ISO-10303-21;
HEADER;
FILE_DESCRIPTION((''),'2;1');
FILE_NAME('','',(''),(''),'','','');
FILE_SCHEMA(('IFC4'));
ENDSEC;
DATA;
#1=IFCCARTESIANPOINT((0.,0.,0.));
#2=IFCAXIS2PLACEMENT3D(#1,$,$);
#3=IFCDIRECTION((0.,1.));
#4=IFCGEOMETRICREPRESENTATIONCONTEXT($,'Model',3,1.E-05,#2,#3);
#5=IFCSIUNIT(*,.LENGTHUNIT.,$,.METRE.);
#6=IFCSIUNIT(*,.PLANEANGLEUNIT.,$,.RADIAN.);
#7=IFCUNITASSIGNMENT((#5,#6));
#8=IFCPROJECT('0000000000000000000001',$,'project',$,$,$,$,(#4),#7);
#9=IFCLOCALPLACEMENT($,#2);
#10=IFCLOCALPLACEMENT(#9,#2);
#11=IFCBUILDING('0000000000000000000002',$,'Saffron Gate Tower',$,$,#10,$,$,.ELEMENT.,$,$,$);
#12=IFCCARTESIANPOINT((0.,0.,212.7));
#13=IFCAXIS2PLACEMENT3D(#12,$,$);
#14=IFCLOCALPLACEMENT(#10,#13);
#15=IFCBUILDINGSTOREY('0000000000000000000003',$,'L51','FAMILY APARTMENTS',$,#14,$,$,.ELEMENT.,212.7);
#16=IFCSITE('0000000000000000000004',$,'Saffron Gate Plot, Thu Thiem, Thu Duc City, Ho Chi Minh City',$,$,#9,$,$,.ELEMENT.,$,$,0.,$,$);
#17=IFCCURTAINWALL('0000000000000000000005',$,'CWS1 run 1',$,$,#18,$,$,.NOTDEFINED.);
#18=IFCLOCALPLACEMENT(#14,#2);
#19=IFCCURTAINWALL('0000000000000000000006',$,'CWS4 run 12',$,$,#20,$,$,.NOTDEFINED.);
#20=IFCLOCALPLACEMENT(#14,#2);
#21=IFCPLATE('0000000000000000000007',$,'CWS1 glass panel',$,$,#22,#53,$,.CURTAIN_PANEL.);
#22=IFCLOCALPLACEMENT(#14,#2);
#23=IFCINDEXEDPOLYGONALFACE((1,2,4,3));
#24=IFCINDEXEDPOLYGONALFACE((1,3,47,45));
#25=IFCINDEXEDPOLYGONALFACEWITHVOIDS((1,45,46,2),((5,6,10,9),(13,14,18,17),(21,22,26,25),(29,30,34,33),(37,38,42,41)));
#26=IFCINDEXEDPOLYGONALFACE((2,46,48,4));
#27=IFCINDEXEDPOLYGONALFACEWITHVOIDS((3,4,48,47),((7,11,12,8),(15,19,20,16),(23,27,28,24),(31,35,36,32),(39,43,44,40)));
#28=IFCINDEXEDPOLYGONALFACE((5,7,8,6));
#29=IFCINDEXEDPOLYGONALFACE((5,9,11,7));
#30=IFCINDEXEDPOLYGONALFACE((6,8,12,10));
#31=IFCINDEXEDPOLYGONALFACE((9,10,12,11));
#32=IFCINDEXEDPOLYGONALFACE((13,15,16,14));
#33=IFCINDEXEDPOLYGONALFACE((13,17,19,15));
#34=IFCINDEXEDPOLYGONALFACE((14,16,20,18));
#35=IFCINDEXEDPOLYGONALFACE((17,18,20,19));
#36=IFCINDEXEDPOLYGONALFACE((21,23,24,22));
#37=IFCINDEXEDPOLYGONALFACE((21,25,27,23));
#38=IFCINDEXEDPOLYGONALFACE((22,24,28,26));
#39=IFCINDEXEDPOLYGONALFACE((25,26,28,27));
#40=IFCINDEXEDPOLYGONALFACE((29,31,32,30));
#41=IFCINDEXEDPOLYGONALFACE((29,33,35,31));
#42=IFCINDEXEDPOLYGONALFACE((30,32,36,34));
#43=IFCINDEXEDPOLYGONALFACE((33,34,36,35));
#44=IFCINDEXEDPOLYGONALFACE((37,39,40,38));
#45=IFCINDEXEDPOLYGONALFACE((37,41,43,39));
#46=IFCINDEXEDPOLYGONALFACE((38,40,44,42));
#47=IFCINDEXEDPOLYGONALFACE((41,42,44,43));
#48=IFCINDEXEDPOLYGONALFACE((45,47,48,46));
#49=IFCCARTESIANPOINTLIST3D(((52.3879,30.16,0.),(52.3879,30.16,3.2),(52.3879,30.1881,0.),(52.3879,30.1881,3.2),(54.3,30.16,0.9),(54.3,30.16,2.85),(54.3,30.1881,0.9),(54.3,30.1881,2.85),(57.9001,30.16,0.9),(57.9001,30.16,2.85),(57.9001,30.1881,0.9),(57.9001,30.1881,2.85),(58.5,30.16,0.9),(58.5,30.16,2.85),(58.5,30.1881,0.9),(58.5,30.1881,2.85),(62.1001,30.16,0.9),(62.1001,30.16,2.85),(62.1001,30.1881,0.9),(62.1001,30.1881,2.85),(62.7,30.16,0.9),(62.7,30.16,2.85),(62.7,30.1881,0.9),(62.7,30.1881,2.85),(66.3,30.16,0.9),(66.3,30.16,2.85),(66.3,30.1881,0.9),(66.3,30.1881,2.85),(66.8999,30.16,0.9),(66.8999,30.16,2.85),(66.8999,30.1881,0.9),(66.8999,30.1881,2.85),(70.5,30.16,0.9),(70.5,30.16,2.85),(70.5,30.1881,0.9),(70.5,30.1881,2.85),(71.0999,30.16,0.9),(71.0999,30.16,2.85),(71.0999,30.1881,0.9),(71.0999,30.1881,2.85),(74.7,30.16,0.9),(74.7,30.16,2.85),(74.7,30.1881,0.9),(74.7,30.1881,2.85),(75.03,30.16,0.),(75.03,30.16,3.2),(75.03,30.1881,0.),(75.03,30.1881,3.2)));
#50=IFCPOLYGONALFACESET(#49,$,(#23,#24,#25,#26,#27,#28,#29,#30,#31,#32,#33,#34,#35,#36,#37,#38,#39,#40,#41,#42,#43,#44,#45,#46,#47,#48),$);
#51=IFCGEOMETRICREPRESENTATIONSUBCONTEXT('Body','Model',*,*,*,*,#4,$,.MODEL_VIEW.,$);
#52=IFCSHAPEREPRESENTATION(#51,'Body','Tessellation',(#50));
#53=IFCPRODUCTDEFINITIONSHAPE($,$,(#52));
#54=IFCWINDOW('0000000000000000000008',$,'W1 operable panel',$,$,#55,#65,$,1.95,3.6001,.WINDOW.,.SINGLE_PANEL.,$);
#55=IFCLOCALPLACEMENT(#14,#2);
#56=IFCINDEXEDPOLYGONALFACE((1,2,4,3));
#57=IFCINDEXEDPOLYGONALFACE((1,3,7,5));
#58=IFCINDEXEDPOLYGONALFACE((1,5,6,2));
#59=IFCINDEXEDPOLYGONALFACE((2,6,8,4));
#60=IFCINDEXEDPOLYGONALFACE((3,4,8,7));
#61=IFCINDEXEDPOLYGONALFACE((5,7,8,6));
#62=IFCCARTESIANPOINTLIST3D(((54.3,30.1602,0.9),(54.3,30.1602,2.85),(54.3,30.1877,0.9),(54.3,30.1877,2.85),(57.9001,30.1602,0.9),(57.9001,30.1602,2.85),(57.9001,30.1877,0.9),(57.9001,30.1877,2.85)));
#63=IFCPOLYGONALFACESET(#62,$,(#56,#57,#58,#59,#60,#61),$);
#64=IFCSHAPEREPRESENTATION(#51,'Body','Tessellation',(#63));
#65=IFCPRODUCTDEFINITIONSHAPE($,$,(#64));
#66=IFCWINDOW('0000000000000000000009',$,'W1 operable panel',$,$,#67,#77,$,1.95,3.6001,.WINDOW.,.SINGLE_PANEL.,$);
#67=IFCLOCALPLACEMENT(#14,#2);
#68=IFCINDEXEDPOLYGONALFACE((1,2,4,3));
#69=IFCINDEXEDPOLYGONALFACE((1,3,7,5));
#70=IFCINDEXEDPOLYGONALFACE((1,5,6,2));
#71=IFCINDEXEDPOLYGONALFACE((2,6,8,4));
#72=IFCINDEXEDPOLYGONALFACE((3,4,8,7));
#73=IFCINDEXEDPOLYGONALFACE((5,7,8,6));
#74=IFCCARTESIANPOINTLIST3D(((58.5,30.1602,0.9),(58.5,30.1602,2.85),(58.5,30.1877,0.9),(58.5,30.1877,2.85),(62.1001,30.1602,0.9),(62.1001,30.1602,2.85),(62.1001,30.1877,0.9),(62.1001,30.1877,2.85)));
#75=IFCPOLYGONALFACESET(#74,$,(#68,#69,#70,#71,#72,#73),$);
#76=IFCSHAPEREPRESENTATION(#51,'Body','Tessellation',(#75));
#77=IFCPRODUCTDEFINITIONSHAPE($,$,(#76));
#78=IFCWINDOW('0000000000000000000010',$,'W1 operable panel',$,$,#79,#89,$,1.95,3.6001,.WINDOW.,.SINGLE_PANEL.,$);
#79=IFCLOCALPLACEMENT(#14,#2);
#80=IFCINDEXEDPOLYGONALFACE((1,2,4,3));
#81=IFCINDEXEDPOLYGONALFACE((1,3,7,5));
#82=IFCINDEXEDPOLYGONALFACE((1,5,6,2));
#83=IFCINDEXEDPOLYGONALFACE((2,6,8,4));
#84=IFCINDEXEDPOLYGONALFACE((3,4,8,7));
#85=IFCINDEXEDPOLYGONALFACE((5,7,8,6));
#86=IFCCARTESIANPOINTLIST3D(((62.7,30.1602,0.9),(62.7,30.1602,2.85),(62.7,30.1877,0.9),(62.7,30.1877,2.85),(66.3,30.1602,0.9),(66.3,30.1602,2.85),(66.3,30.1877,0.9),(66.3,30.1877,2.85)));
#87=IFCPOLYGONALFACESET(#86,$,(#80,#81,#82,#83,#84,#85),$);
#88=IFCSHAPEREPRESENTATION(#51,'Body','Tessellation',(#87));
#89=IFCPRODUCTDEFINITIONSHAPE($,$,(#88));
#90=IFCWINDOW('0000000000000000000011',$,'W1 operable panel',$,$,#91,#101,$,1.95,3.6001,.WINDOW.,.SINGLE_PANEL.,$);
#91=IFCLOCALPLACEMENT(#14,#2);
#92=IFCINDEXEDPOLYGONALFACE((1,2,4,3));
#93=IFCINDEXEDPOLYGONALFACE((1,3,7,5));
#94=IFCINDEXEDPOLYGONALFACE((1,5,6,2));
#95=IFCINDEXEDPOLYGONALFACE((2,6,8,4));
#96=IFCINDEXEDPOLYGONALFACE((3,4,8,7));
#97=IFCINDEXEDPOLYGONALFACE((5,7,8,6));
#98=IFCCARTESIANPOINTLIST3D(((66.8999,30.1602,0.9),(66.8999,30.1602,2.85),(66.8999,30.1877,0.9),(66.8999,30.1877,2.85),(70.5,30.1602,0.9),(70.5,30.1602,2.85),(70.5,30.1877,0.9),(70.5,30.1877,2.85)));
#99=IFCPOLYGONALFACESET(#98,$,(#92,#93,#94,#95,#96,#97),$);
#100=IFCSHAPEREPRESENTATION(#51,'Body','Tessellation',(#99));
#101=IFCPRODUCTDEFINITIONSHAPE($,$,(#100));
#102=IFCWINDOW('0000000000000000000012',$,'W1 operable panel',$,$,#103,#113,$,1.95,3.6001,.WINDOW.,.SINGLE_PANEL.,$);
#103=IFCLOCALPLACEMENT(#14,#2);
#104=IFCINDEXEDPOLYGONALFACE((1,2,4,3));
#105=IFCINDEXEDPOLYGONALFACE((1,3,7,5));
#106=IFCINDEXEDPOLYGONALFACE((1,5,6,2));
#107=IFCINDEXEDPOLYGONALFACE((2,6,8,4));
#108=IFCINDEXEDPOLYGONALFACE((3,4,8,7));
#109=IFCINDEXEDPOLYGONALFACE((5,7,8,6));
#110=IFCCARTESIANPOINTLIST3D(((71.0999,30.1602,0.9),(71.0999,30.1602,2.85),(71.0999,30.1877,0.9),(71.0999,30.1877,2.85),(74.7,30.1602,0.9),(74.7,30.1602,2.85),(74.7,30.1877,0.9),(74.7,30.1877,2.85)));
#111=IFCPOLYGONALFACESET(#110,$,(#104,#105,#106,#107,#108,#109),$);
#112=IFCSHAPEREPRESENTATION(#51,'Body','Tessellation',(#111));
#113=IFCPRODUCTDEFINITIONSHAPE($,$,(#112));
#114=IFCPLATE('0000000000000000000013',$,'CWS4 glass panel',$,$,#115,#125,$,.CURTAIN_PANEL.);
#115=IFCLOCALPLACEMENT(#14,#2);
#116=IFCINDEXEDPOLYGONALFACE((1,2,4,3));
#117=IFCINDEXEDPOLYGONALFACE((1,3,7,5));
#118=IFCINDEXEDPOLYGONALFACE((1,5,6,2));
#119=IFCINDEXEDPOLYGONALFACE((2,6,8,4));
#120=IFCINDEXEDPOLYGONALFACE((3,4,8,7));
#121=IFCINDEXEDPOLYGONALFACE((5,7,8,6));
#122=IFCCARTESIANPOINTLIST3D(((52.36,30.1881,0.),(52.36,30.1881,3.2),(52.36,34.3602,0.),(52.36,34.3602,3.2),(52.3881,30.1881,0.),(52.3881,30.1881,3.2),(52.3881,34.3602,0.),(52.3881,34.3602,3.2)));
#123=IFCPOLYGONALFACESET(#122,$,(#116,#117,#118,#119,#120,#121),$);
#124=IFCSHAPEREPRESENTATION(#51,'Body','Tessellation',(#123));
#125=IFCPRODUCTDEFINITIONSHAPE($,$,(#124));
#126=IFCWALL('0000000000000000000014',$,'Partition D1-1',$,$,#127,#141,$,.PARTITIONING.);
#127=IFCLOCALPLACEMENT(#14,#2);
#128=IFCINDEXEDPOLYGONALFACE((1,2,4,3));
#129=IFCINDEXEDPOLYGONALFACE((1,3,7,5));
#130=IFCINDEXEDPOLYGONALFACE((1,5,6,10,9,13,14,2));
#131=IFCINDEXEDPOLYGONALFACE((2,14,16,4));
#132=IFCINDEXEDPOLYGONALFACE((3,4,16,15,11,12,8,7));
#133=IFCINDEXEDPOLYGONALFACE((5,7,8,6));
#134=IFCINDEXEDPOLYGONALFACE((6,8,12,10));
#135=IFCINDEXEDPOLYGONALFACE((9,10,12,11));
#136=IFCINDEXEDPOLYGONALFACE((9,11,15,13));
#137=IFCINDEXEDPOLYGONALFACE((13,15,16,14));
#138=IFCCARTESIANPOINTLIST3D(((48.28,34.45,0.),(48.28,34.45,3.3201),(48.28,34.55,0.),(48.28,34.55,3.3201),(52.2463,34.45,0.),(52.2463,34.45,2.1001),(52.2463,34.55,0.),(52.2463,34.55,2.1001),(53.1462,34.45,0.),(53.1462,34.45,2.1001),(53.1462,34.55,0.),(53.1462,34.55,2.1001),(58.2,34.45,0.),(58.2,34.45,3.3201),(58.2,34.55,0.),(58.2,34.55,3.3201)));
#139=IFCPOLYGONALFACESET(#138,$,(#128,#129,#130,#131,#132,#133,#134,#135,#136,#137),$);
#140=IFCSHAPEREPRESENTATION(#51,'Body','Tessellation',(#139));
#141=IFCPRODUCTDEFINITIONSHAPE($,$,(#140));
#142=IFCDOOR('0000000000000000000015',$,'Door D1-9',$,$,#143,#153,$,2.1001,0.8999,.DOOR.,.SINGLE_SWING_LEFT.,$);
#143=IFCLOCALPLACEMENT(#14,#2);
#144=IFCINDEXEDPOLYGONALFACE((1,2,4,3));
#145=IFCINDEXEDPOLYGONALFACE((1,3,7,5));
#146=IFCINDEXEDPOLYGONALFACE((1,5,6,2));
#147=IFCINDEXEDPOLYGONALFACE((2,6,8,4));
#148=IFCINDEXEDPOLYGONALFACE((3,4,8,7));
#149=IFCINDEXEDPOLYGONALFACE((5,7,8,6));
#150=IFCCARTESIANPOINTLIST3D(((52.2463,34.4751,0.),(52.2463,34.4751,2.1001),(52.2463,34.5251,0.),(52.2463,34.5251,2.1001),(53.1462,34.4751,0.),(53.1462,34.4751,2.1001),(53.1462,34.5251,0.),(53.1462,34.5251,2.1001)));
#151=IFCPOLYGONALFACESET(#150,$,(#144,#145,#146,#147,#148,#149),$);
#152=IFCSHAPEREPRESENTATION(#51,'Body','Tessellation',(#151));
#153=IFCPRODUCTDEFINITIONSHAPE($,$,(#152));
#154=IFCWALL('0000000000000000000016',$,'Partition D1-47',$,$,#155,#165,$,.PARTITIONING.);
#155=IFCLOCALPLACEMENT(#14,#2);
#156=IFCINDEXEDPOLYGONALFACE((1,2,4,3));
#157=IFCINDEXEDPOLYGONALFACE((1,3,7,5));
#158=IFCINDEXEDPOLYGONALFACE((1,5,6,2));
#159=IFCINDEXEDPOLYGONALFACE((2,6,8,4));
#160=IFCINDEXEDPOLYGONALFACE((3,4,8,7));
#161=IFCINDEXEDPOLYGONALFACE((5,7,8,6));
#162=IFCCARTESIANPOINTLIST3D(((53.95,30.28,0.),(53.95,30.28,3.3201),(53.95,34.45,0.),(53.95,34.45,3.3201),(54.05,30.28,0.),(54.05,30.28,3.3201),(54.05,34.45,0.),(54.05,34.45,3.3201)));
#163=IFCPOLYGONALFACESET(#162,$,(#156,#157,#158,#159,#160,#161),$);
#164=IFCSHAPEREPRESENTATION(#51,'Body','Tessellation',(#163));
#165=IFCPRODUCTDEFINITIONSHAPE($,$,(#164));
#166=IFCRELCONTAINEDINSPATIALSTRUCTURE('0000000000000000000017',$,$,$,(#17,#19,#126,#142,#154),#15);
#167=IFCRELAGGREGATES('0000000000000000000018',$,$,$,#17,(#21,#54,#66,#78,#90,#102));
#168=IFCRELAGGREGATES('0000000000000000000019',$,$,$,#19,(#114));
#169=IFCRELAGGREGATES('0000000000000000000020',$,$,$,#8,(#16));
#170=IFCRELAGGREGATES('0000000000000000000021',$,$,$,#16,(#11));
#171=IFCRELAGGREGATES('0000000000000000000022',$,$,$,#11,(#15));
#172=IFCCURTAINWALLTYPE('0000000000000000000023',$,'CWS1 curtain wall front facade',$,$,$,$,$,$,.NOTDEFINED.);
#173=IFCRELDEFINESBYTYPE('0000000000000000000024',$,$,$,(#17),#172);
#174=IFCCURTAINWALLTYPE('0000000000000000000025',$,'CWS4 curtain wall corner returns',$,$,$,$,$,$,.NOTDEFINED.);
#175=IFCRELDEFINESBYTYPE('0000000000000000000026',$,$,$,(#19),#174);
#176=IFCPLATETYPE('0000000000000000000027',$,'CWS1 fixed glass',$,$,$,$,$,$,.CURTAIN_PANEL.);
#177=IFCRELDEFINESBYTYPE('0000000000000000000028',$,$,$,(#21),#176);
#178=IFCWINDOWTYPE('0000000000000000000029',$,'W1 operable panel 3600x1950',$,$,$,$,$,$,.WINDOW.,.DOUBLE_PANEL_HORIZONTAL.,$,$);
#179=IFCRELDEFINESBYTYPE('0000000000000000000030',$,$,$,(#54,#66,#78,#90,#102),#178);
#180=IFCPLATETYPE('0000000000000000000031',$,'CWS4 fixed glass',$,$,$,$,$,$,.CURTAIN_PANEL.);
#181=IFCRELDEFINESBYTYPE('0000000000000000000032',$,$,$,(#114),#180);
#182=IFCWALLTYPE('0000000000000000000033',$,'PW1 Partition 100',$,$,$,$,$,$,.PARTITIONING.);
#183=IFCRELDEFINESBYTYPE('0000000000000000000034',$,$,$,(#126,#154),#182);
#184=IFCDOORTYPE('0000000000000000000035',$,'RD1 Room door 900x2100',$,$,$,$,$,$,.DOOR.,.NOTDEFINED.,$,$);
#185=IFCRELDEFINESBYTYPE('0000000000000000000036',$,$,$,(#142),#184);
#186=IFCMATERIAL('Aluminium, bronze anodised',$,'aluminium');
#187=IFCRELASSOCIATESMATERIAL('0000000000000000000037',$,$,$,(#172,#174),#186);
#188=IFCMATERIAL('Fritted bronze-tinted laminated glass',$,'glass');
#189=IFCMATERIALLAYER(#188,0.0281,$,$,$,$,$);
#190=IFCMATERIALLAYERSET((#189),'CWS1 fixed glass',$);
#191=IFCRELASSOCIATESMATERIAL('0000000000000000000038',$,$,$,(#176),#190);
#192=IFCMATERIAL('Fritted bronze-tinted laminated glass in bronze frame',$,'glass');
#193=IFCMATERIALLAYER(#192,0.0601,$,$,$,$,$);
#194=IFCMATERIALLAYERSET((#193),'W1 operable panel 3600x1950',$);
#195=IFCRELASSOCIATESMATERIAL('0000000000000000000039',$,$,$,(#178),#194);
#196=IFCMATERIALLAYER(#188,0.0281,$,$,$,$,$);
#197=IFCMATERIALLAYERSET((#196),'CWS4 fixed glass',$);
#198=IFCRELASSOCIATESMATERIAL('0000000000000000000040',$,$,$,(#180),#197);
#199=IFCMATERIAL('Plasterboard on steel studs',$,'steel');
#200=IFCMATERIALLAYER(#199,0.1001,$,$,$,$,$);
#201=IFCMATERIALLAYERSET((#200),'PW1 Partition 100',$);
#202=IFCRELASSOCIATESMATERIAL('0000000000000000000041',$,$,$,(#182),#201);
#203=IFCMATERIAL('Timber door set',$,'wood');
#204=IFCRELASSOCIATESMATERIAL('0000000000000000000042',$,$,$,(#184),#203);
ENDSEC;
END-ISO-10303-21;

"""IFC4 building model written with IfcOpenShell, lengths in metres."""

from ifc_helpers import new_model, si_unit, direction, frame, frame_2d, origin, place, context, subcontext, project, spatial, rectangle, extrude, material, layer, layer_set, type_object, element, fill, aggregate, save


model = new_model("IFC4")

# Units and contexts
model_context = context("Model", 3, precision=1e-05, world=origin(), true_north=direction((0.0, 1.0)))
body_context = subcontext(model_context, "Body", "Model", "MODEL_VIEW")
ifc_project = project(units=[si_unit("LENGTHUNIT", "METRE"), si_unit("PLANEANGLEUNIT", "RADIAN")], contexts=[model_context])

# Site, building, storey
site_placement = place(None, origin())
site = spatial("IfcSite", under=ifc_project, at=site_placement, Name="Saffron Gate Plot, Thu Thiem, Thu Duc City, Ho Chi Minh City", CompositionType="ELEMENT", RefElevation=0.0)
building_placement = place(site_placement, origin())
building = spatial("IfcBuilding", under=site, at=building_placement, Name="Saffron Gate Tower", CompositionType="ELEMENT")
storey_placement = place(building_placement, frame((0.0, 0.0, 212.7)))
storey = spatial("IfcBuildingStorey", under=building, at=storey_placement, Name="L51", Description="FAMILY APARTMENTS", CompositionType="ELEMENT", Elevation=212.7)

# Curtain walls
ifc_material_1 = material(Name="Aluminium, bronze anodised", Category="aluminium")
curtain_wall_type_1 = type_object("IfcCurtainWallType", Name="CWS1 curtain wall front facade", PredefinedType="NOTDEFINED", material=ifc_material_1)
curtain_wall_1_placement = place(storey_placement, origin())
curtain_wall_1 = element("IfcCurtainWall", 1, at=curtain_wall_1_placement, inside=storey, type_object=curtain_wall_type_1, Name="CWS1 run 1", PredefinedType="NOTDEFINED")
curtain_wall_type_2 = type_object("IfcCurtainWallType", Name="CWS4 curtain wall corner returns", PredefinedType="NOTDEFINED", material=ifc_material_1)
curtain_wall_2_placement = place(storey_placement, origin())
curtain_wall_2 = element("IfcCurtainWall", 2, at=curtain_wall_2_placement, inside=storey, type_object=curtain_wall_type_2, Name="CWS4 run 12", PredefinedType="NOTDEFINED")

# Plate, openings, windows
ifc_material_2 = material(Name="Fritted bronze-tinted laminated glass", Category="glass")
ifc_layer_1 = layer(ifc_material_2, 0.0281)
ifc_layer_set_1 = layer_set([ifc_layer_1], Name="CWS1 fixed glass")
plate_type_1 = type_object("IfcPlateType", Name="CWS1 fixed glass", PredefinedType="CURTAIN_PANEL", material=ifc_layer_set_1)
plate_1_placement = place(storey_placement, frame((52.3879, 30.1741, 0.0), z_axis=(0.0, 0.0, 1.0), x_axis=(1.0, 0.0, 0.0)))
plate_1 = element("IfcPlate", 3, at=plate_1_placement, type_object=plate_type_1, Name="CWS1 glass panel", PredefinedType="CURTAIN_PANEL", context=body_context, shape_type="SweptSolid", body=[
    extrude(rectangle(XDim=22.6421, YDim=0.0281, at=frame_2d((11.321, 0.0))), origin(), (0.0, 0.0, 1.0), 3.2),
])
opening_1_placement = place(plate_1_placement, frame((1.9121, 0.0, 0.8999)))
opening_1 = element("IfcOpeningElement", 4, at=opening_1_placement, cuts=plate_1, PredefinedType="OPENING", context=body_context, shape_type="SweptSolid", body=[
    extrude(rectangle(XDim=3.6001, YDim=1.95, at=frame_2d((1.8, 0.9751))), frame((0.0, 0.0239, 0.0), z_axis=(0.0, -1.0, 0.0), x_axis=(1.0, 0.0, 0.0)), (0.0, 0.0, 1.0), 0.0481),
])
opening_2_placement = place(plate_1_placement, frame((6.1121, 0.0, 0.8999)))
opening_2 = element("IfcOpeningElement", 5, at=opening_2_placement, cuts=plate_1, PredefinedType="OPENING", context=body_context, shape_type="SweptSolid", body=[
    extrude(rectangle(XDim=3.6001, YDim=1.95, at=frame_2d((1.8, 0.9751))), frame((0.0, 0.0239, 0.0), z_axis=(0.0, -1.0, 0.0), x_axis=(1.0, 0.0, 0.0)), (0.0, 0.0, 1.0), 0.0481),
])
opening_3_placement = place(plate_1_placement, frame((10.312, 0.0, 0.8999)))
opening_3 = element("IfcOpeningElement", 6, at=opening_3_placement, cuts=plate_1, PredefinedType="OPENING", context=body_context, shape_type="SweptSolid", body=[
    extrude(rectangle(XDim=3.6001, YDim=1.95, at=frame_2d((1.8, 0.9751))), frame((0.0, 0.0239, 0.0), z_axis=(0.0, -1.0, 0.0), x_axis=(1.0, 0.0, 0.0)), (0.0, 0.0, 1.0), 0.0481),
])
opening_4_placement = place(plate_1_placement, frame((14.512, 0.0, 0.8999)))
opening_4 = element("IfcOpeningElement", 7, at=opening_4_placement, cuts=plate_1, PredefinedType="OPENING", context=body_context, shape_type="SweptSolid", body=[
    extrude(rectangle(XDim=3.6001, YDim=1.95, at=frame_2d((1.8, 0.9751))), frame((0.0, 0.0239, 0.0), z_axis=(0.0, -1.0, 0.0), x_axis=(1.0, 0.0, 0.0)), (0.0, 0.0, 1.0), 0.0481),
])
opening_5_placement = place(plate_1_placement, frame((18.7119, 0.0, 0.8999)))
opening_5 = element("IfcOpeningElement", 8, at=opening_5_placement, cuts=plate_1, PredefinedType="OPENING", context=body_context, shape_type="SweptSolid", body=[
    extrude(rectangle(XDim=3.6001, YDim=1.95, at=frame_2d((1.8, 0.9751))), frame((0.0, 0.0239, 0.0), z_axis=(0.0, -1.0, 0.0), x_axis=(1.0, 0.0, 0.0)), (0.0, 0.0, 1.0), 0.0481),
])
ifc_material_3 = material(Name="Fritted bronze-tinted laminated glass in bronze frame", Category="glass")
ifc_layer_2 = layer(ifc_material_3, 0.0601)
ifc_layer_set_2 = layer_set([ifc_layer_2], Name="W1 operable panel 3600x1950")
window_type = type_object("IfcWindowType", Name="W1 operable panel 3600x1950", PartitioningType="DOUBLE_PANEL_HORIZONTAL", PredefinedType="WINDOW", material=ifc_layer_set_2)
window_1_placement = place(opening_1_placement, origin())
window_1 = element("IfcWindow", 9, at=window_1_placement, type_object=window_type, Name="W1 operable panel", OverallHeight=1.95, OverallWidth=3.6001, PartitioningType="SINGLE_PANEL", PredefinedType="WINDOW", context=body_context, shape_type="SweptSolid", body=[
    extrude(rectangle(XDim=3.6001, YDim=1.95, at=frame_2d((1.8, 0.9751))), frame((0.0, 0.0137, 0.0), z_axis=(0.0, -1.0, 0.0), x_axis=(1.0, 0.0, 0.0)), (0.0, 0.0, 1.0), 0.0276),
])
fill(opening_1, window_1)
window_2_placement = place(opening_2_placement, origin())
window_2 = element("IfcWindow", 10, at=window_2_placement, type_object=window_type, Name="W1 operable panel", OverallHeight=1.95, OverallWidth=3.6001, PartitioningType="SINGLE_PANEL", PredefinedType="WINDOW", context=body_context, shape_type="SweptSolid", body=[
    extrude(rectangle(XDim=3.6001, YDim=1.95, at=frame_2d((1.8, 0.9751))), frame((0.0, 0.0137, 0.0), z_axis=(0.0, -1.0, 0.0), x_axis=(1.0, 0.0, 0.0)), (0.0, 0.0, 1.0), 0.0276),
])
fill(opening_2, window_2)
window_3_placement = place(opening_3_placement, origin())
window_3 = element("IfcWindow", 11, at=window_3_placement, type_object=window_type, Name="W1 operable panel", OverallHeight=1.95, OverallWidth=3.6001, PartitioningType="SINGLE_PANEL", PredefinedType="WINDOW", context=body_context, shape_type="SweptSolid", body=[
    extrude(rectangle(XDim=3.6001, YDim=1.95, at=frame_2d((1.8, 0.9751))), frame((0.0, 0.0137, 0.0), z_axis=(0.0, -1.0, 0.0), x_axis=(1.0, 0.0, 0.0)), (0.0, 0.0, 1.0), 0.0276),
])
fill(opening_3, window_3)
window_4_placement = place(opening_4_placement, origin())
window_4 = element("IfcWindow", 12, at=window_4_placement, type_object=window_type, Name="W1 operable panel", OverallHeight=1.95, OverallWidth=3.6001, PartitioningType="SINGLE_PANEL", PredefinedType="WINDOW", context=body_context, shape_type="SweptSolid", body=[
    extrude(rectangle(XDim=3.6001, YDim=1.95, at=frame_2d((1.8, 0.9751))), frame((0.0, 0.0137, 0.0), z_axis=(0.0, -1.0, 0.0), x_axis=(1.0, 0.0, 0.0)), (0.0, 0.0, 1.0), 0.0276),
])
fill(opening_4, window_4)
window_5_placement = place(opening_5_placement, origin())
window_5 = element("IfcWindow", 13, at=window_5_placement, type_object=window_type, Name="W1 operable panel", OverallHeight=1.95, OverallWidth=3.6001, PartitioningType="SINGLE_PANEL", PredefinedType="WINDOW", context=body_context, shape_type="SweptSolid", body=[
    extrude(rectangle(XDim=3.6001, YDim=1.95, at=frame_2d((1.8, 0.9751))), frame((0.0, 0.0137, 0.0), z_axis=(0.0, -1.0, 0.0), x_axis=(1.0, 0.0, 0.0)), (0.0, 0.0, 1.0), 0.0276),
])
fill(opening_5, window_5)
aggregate(curtain_wall_1, [plate_1, window_1, window_2, window_3, window_4, window_5])

# Plate
ifc_layer_3 = layer(ifc_material_2, 0.0281)
ifc_layer_set_3 = layer_set([ifc_layer_3], Name="CWS4 fixed glass")
plate_type_2 = type_object("IfcPlateType", Name="CWS4 fixed glass", PredefinedType="CURTAIN_PANEL", material=ifc_layer_set_3)
plate_2_placement = place(storey_placement, frame((52.374, 34.3601, 0.0), z_axis=(0.0, 0.0, 1.0), x_axis=(0.0, -1.0, 0.0)))
plate_2 = element("IfcPlate", 14, at=plate_2_placement, type_object=plate_type_2, Name="CWS4 glass panel", PredefinedType="CURTAIN_PANEL", context=body_context, shape_type="SweptSolid", body=[
    extrude(rectangle(XDim=4.1721, YDim=0.0281, at=frame_2d((2.0859, 0.0))), origin(), (0.0, 0.0, 1.0), 3.2),
])
aggregate(curtain_wall_2, [plate_2])

# Wall, opening, door
ifc_material_4 = material(Name="Plasterboard on steel studs", Category="steel")
ifc_layer_4 = layer(ifc_material_4, 0.1001)
ifc_layer_set_4 = layer_set([ifc_layer_4], Name="PW1 Partition 100")
wall_type = type_object("IfcWallType", Name="PW1 Partition 100", PredefinedType="PARTITIONING", material=ifc_layer_set_4)
wall_1_placement = place(storey_placement, frame((58.2, 34.5, 0.0), z_axis=(0.0, 0.0, 1.0), x_axis=(-1.0, 0.0, 0.0)))
wall_1 = element("IfcWall", 15, at=wall_1_placement, inside=storey, type_object=wall_type, Name="Partition D1-1", PredefinedType="PARTITIONING", context=body_context, shape_type="SweptSolid", body=[
    extrude(rectangle(XDim=9.9199, YDim=0.1001, at=frame_2d((4.96, 0.0))), origin(), (0.0, 0.0, 1.0), 3.3201),
])
opening_6_placement = place(wall_1_placement, frame((5.0537, 0.0, 0.0)))
opening_6 = element("IfcOpeningElement", 16, at=opening_6_placement, cuts=wall_1, PredefinedType="OPENING", context=body_context, shape_type="SweptSolid", body=[
    extrude(rectangle(XDim=0.8999, YDim=2.1001, at=frame_2d((0.45, 1.05))), frame((0.0, 0.0601, 0.0), z_axis=(0.0, -1.0, 0.0), x_axis=(1.0, 0.0, 0.0)), (0.0, 0.0, 1.0), 0.1201),
])
ifc_material_5 = material(Name="Timber door set", Category="wood")
door_type = type_object("IfcDoorType", Name="RD1 Room door 900x2100", OperationType="NOTDEFINED", PredefinedType="DOOR", material=ifc_material_5)
door_1_placement = place(opening_6_placement, origin())
door_1 = element("IfcDoor", 17, at=door_1_placement, inside=storey, type_object=door_type, Name="Door D1-9", OperationType="SINGLE_SWING_LEFT", OverallHeight=2.1001, OverallWidth=0.8999, PredefinedType="DOOR", context=body_context, shape_type="SweptSolid", body=[
    extrude(rectangle(XDim=0.8999, YDim=2.1001, at=frame_2d((0.45, 1.05))), frame((0.0, 0.0249, 0.0), z_axis=(0.0, -1.0, 0.0), x_axis=(1.0, 0.0, 0.0)), (0.0, 0.0, 1.0), 0.05),
])
fill(opening_6, door_1)

# Wall
wall_2_placement = place(storey_placement, frame((54.0, 34.45, 0.0), z_axis=(0.0, 0.0, 1.0), x_axis=(0.0, -1.0, 0.0)))
element("IfcWall", 18, at=wall_2_placement, inside=storey, type_object=wall_type, Name="Partition D1-47", PredefinedType="PARTITIONING", context=body_context, shape_type="SweptSolid", body=[
    extrude(rectangle(XDim=4.1699, YDim=0.1001, at=frame_2d((2.085, 0.0))), origin(), (0.0, 0.0, 1.0), 3.3201),
])

save(model, "model.ifc")
